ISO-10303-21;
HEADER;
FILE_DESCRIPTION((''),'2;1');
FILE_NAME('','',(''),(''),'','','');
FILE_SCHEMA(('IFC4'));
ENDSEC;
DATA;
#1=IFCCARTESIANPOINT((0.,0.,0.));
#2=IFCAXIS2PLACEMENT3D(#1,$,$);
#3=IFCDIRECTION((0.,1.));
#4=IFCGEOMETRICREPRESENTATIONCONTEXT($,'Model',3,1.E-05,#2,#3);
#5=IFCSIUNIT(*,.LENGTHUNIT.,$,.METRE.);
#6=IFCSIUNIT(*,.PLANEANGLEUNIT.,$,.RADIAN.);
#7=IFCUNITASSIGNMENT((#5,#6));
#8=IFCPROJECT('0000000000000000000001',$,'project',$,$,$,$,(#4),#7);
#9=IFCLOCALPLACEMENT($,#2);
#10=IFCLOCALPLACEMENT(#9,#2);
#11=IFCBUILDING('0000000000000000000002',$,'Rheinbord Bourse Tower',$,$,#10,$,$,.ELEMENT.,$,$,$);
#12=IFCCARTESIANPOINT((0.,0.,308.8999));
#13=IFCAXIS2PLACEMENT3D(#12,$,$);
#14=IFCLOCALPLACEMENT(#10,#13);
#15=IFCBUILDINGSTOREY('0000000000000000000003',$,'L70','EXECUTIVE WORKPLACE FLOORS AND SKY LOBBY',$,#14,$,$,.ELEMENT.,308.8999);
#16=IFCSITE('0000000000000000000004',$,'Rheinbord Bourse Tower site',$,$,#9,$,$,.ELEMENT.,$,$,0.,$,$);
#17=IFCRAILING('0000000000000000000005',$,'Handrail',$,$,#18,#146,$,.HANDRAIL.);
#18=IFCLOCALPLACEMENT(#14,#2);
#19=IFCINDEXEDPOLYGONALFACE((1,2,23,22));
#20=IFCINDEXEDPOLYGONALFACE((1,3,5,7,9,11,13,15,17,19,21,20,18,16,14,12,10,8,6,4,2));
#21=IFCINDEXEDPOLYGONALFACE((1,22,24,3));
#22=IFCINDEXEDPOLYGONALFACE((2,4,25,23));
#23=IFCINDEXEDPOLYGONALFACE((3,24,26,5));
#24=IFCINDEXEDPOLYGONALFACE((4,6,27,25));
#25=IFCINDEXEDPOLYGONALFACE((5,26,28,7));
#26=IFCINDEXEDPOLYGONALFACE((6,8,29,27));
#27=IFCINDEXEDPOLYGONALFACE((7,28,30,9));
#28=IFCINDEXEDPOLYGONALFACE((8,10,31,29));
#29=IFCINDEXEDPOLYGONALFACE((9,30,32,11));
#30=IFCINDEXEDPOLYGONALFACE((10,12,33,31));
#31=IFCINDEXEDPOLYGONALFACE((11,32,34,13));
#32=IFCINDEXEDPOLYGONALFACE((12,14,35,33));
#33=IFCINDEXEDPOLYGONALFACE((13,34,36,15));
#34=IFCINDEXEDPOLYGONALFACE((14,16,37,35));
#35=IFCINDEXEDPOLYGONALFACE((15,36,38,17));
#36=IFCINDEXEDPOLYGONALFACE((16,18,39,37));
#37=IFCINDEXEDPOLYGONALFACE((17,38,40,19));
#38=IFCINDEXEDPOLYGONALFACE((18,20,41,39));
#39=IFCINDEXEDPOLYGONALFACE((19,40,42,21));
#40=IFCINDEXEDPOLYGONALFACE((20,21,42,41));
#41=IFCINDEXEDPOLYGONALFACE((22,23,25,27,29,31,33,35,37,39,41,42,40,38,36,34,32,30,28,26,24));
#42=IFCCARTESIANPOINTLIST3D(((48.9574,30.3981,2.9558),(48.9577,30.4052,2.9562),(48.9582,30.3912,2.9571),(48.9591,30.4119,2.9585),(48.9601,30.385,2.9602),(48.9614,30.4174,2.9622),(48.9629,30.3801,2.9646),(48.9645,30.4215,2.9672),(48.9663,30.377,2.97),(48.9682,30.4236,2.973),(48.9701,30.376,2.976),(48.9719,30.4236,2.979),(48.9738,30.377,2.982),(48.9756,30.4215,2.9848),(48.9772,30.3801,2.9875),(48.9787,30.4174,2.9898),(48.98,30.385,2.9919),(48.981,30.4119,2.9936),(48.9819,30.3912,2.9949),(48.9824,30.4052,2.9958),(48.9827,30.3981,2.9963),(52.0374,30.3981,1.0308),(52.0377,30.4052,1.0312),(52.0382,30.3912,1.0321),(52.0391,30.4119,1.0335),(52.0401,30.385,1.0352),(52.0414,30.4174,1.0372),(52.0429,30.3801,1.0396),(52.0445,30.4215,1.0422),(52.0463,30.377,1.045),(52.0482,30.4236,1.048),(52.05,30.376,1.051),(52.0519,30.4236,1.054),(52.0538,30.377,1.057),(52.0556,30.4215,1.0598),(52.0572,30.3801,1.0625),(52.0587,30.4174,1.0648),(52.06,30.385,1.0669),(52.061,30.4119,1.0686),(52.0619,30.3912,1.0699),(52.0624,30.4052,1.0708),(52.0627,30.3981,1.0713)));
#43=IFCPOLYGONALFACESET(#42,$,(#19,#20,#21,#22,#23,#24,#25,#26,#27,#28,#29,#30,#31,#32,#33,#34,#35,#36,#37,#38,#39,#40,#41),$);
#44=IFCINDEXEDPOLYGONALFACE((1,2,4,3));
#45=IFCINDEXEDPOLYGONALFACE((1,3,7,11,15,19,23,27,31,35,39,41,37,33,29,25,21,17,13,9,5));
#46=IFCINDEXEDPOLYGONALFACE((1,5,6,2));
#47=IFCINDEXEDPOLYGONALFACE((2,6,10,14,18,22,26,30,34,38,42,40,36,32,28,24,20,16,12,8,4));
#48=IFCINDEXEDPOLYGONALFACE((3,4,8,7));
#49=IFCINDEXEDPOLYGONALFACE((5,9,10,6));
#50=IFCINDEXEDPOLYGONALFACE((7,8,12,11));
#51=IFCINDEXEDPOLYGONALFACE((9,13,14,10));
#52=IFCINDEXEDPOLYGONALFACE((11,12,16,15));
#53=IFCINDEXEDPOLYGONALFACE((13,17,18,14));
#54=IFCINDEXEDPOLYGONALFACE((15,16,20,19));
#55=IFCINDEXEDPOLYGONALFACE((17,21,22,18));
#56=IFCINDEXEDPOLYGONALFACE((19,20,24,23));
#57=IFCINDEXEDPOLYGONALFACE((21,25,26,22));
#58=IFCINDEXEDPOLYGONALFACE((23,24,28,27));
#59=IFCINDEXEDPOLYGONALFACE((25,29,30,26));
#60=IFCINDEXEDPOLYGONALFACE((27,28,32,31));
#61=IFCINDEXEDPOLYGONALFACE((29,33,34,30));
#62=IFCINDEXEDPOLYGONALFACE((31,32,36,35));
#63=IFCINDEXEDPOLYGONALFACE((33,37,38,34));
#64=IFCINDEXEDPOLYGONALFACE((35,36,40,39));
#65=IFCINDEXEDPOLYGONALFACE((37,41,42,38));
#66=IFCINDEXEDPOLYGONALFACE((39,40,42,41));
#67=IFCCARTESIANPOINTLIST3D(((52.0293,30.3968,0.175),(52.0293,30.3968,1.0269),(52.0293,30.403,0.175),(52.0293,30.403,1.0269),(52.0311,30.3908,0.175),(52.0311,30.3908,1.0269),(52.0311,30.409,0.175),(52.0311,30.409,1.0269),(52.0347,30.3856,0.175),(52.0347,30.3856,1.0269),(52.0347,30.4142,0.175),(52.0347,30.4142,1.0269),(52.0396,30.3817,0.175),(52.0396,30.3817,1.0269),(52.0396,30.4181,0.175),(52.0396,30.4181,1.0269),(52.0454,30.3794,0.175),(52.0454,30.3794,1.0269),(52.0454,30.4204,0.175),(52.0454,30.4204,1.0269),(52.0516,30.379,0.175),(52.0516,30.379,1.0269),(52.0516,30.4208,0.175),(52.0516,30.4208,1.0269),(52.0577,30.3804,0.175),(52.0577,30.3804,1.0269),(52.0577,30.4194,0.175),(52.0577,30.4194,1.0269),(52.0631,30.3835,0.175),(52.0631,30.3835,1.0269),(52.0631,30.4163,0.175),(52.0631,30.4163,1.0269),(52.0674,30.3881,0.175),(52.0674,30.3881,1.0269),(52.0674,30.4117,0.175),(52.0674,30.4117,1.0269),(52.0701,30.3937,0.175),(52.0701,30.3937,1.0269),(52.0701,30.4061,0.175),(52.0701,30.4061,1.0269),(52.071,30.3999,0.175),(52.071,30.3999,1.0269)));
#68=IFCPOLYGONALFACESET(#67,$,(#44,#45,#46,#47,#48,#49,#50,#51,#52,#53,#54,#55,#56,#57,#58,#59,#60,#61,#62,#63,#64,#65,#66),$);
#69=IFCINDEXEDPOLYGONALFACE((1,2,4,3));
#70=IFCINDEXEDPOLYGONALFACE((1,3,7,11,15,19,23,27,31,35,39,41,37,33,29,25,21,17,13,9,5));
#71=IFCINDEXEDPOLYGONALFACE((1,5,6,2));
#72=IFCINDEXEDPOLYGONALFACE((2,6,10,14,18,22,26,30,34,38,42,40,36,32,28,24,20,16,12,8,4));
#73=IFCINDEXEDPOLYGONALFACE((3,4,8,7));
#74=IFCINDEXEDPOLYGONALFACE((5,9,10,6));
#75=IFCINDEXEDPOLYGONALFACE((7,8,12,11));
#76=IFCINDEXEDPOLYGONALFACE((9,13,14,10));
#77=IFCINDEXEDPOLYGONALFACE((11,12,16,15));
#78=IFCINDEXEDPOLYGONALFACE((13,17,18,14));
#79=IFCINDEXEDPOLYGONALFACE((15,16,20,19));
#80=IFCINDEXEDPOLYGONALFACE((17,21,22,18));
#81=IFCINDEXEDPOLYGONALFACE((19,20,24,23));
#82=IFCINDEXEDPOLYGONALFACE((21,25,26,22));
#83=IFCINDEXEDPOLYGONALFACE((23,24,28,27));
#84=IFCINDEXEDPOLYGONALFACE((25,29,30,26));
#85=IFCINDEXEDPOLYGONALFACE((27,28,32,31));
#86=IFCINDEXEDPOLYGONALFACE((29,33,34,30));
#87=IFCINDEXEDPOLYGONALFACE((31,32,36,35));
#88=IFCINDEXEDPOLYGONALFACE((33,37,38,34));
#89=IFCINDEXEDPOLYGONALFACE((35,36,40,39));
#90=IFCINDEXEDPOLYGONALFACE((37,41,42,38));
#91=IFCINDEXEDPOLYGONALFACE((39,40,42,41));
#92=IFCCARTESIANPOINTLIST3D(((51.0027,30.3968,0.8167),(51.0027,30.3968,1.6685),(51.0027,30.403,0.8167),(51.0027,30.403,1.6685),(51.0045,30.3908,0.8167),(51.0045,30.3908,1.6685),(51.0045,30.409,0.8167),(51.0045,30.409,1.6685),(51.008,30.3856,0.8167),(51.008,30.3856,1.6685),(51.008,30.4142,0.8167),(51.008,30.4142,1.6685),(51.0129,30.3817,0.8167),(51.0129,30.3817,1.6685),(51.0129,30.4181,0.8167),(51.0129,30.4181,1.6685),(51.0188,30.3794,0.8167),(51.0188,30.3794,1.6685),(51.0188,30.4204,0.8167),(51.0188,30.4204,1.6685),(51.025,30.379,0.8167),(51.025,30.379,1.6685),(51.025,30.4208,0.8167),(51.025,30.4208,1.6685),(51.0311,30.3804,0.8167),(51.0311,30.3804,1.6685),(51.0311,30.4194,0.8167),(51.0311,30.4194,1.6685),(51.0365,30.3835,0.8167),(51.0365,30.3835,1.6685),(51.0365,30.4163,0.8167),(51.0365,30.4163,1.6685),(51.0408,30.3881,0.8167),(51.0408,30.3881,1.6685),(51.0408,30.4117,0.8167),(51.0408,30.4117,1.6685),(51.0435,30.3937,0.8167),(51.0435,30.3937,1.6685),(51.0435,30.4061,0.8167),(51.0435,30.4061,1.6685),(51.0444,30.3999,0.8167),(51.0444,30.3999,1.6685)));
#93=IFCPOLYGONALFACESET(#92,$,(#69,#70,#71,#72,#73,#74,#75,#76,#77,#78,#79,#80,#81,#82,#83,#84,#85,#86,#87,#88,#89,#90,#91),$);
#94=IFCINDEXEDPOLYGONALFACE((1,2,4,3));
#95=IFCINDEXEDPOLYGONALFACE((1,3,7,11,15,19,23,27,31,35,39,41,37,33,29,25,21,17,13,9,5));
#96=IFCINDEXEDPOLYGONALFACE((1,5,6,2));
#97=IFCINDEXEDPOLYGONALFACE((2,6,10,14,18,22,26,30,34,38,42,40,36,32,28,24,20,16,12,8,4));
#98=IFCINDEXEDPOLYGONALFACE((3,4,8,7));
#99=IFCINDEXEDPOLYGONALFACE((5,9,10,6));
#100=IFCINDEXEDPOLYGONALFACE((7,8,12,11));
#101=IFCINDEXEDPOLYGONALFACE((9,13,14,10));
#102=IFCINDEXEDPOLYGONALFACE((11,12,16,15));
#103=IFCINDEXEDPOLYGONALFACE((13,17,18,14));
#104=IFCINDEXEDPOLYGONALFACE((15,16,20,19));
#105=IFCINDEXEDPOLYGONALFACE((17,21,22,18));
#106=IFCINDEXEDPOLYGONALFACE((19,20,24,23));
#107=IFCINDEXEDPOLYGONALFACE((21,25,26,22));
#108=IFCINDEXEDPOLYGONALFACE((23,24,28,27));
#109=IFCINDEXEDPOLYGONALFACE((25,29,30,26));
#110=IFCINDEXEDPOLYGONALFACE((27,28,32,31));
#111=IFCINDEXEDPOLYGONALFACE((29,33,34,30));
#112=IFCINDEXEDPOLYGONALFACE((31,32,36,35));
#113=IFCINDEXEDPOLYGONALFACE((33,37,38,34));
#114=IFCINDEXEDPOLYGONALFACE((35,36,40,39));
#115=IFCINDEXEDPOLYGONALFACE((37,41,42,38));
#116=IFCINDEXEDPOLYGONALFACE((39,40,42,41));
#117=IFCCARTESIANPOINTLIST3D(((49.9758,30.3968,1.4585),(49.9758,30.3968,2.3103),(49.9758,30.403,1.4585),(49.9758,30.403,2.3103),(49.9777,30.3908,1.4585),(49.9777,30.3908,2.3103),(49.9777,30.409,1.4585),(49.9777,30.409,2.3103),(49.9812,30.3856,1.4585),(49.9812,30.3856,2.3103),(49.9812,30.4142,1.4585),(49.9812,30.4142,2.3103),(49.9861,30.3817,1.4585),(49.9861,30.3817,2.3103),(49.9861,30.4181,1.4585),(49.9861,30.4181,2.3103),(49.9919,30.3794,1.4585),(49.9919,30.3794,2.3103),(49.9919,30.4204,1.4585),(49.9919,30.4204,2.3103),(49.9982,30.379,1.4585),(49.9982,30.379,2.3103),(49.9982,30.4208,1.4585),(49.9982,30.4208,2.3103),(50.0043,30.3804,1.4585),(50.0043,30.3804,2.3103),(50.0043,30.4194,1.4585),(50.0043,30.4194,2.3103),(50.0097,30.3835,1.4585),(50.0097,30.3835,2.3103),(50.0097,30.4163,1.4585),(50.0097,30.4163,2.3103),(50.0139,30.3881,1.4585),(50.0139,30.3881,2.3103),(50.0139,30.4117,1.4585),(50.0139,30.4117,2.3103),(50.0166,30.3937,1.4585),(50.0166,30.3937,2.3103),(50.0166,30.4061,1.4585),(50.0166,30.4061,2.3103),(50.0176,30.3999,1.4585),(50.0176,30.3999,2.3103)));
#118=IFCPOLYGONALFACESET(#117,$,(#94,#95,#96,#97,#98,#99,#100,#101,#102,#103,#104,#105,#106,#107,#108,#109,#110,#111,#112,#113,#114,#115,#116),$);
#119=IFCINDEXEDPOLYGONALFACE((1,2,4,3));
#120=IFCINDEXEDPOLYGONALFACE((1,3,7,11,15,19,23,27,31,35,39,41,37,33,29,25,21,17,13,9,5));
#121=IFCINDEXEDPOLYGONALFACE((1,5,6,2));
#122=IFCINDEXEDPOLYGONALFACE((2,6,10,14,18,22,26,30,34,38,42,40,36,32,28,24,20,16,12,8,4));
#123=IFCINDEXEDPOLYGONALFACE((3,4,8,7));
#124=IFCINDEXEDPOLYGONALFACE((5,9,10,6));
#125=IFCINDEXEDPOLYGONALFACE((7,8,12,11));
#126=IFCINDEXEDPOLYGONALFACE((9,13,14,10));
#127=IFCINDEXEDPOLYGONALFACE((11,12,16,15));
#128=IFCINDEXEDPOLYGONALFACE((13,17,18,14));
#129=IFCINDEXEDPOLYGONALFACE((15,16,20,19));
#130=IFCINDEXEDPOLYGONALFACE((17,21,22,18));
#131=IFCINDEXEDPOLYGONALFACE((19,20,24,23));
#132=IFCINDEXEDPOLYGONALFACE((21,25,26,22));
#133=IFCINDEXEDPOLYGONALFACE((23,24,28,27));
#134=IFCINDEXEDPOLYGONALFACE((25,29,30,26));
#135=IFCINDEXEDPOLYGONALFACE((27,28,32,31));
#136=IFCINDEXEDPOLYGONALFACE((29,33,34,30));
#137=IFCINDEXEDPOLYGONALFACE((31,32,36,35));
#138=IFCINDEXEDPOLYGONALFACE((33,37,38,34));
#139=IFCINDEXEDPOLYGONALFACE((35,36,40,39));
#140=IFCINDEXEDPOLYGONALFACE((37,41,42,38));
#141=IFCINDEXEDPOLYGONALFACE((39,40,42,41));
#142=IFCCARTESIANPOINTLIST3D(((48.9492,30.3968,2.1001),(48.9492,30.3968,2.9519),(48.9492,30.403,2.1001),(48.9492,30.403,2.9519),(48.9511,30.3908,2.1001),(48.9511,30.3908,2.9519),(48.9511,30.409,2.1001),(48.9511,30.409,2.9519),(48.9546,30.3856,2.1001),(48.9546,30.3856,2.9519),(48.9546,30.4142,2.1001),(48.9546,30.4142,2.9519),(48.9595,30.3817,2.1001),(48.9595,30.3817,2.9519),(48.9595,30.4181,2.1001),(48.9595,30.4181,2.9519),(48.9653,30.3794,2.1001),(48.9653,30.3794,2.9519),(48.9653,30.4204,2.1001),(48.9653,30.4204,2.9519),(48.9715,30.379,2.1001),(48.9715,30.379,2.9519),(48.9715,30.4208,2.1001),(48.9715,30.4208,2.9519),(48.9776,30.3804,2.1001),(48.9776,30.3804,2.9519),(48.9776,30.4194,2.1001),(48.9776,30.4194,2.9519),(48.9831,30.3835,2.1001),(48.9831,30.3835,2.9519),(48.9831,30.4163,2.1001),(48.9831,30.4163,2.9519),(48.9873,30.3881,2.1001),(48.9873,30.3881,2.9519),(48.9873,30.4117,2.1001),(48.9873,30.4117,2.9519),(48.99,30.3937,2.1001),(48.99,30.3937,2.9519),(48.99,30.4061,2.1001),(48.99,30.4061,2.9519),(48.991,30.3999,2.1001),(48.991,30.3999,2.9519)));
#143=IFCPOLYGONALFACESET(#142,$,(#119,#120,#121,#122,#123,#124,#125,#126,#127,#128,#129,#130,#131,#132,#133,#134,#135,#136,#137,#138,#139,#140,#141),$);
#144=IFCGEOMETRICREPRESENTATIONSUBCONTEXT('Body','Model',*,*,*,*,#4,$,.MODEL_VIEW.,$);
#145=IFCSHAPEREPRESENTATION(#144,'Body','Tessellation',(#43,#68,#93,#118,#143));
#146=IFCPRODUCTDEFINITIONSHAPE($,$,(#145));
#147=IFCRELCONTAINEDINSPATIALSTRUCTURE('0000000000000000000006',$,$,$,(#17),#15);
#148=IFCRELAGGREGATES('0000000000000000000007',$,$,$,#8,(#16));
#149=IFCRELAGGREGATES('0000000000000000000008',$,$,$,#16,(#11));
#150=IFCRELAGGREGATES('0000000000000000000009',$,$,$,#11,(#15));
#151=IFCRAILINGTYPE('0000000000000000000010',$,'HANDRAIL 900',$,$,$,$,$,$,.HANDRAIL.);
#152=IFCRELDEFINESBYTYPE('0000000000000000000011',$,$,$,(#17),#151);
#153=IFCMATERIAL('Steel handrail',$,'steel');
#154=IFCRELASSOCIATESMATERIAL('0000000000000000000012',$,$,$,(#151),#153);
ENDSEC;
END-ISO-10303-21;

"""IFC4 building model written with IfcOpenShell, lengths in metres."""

from ifc_helpers import new_model, si_unit, direction, frame, origin, origin_2d, place, context, subcontext, project, spatial, circle, extrude, material, type_object, element, save


model = new_model("IFC4")

# Units and contexts
model_context = context("Model", 3, precision=1e-05, world=origin(), true_north=direction((0.0, 1.0)))
body_context = subcontext(model_context, "Body", "Model", "MODEL_VIEW")
ifc_project = project(units=[si_unit("LENGTHUNIT", "METRE"), si_unit("PLANEANGLEUNIT", "RADIAN")], contexts=[model_context])

# Site, building, storey
site_placement = place(None, origin())
site = spatial("IfcSite", under=ifc_project, at=site_placement, Name="Rheinbord Bourse Tower site", CompositionType="ELEMENT", RefElevation=0.0)
building_placement = place(site_placement, origin())
building = spatial("IfcBuilding", under=site, at=building_placement, Name="Rheinbord Bourse Tower", CompositionType="ELEMENT")
storey_placement = place(building_placement, frame((0.0, 0.0, 308.8999)))
storey = spatial("IfcBuildingStorey", under=building, at=storey_placement, Name="L70", Description="EXECUTIVE WORKPLACE FLOORS AND SKY LOBBY", CompositionType="ELEMENT", Elevation=308.8999)

# Railing
ifc_material_1 = material(Name="Steel handrail", Category="steel")
railing_type = type_object("IfcRailingType", Name="HANDRAIL 900", PredefinedType="HANDRAIL", material=ifc_material_1)
railing_1_placement = place(storey_placement, frame((52.05, 30.3999, 0.175)))
element("IfcRailing", 1, at=railing_1_placement, inside=storey, type_object=railing_type, Name="Handrail", PredefinedType="HANDRAIL", context=body_context, shape_type="SweptSolid", body=[
    extrude(circle(Radius=0.0239, at=origin_2d()), frame((0.0, 0.0, 0.876), z_axis=(-0.847998, 0.0, 0.529999), x_axis=(0.0, -1.0, 0.0)), (0.0, 0.0, 1.0), 3.6321),
    extrude(circle(Radius=0.021, at=origin_2d()), origin(), (0.0, 0.0, 1.0), 0.8518),
    extrude(circle(Radius=0.021, at=origin_2d()), frame((-1.0266, 0.0, 0.6416)), (0.0, 0.0, 1.0), 0.8518),
    extrude(circle(Radius=0.021, at=origin_2d()), frame((-2.0535, 0.0, 1.2834)), (0.0, 0.0, 1.0), 0.8518),
    extrude(circle(Radius=0.021, at=origin_2d()), frame((-3.0801, 0.0, 1.925)), (0.0, 0.0, 1.0), 0.8518),
])

save(model, "model.ifc")
